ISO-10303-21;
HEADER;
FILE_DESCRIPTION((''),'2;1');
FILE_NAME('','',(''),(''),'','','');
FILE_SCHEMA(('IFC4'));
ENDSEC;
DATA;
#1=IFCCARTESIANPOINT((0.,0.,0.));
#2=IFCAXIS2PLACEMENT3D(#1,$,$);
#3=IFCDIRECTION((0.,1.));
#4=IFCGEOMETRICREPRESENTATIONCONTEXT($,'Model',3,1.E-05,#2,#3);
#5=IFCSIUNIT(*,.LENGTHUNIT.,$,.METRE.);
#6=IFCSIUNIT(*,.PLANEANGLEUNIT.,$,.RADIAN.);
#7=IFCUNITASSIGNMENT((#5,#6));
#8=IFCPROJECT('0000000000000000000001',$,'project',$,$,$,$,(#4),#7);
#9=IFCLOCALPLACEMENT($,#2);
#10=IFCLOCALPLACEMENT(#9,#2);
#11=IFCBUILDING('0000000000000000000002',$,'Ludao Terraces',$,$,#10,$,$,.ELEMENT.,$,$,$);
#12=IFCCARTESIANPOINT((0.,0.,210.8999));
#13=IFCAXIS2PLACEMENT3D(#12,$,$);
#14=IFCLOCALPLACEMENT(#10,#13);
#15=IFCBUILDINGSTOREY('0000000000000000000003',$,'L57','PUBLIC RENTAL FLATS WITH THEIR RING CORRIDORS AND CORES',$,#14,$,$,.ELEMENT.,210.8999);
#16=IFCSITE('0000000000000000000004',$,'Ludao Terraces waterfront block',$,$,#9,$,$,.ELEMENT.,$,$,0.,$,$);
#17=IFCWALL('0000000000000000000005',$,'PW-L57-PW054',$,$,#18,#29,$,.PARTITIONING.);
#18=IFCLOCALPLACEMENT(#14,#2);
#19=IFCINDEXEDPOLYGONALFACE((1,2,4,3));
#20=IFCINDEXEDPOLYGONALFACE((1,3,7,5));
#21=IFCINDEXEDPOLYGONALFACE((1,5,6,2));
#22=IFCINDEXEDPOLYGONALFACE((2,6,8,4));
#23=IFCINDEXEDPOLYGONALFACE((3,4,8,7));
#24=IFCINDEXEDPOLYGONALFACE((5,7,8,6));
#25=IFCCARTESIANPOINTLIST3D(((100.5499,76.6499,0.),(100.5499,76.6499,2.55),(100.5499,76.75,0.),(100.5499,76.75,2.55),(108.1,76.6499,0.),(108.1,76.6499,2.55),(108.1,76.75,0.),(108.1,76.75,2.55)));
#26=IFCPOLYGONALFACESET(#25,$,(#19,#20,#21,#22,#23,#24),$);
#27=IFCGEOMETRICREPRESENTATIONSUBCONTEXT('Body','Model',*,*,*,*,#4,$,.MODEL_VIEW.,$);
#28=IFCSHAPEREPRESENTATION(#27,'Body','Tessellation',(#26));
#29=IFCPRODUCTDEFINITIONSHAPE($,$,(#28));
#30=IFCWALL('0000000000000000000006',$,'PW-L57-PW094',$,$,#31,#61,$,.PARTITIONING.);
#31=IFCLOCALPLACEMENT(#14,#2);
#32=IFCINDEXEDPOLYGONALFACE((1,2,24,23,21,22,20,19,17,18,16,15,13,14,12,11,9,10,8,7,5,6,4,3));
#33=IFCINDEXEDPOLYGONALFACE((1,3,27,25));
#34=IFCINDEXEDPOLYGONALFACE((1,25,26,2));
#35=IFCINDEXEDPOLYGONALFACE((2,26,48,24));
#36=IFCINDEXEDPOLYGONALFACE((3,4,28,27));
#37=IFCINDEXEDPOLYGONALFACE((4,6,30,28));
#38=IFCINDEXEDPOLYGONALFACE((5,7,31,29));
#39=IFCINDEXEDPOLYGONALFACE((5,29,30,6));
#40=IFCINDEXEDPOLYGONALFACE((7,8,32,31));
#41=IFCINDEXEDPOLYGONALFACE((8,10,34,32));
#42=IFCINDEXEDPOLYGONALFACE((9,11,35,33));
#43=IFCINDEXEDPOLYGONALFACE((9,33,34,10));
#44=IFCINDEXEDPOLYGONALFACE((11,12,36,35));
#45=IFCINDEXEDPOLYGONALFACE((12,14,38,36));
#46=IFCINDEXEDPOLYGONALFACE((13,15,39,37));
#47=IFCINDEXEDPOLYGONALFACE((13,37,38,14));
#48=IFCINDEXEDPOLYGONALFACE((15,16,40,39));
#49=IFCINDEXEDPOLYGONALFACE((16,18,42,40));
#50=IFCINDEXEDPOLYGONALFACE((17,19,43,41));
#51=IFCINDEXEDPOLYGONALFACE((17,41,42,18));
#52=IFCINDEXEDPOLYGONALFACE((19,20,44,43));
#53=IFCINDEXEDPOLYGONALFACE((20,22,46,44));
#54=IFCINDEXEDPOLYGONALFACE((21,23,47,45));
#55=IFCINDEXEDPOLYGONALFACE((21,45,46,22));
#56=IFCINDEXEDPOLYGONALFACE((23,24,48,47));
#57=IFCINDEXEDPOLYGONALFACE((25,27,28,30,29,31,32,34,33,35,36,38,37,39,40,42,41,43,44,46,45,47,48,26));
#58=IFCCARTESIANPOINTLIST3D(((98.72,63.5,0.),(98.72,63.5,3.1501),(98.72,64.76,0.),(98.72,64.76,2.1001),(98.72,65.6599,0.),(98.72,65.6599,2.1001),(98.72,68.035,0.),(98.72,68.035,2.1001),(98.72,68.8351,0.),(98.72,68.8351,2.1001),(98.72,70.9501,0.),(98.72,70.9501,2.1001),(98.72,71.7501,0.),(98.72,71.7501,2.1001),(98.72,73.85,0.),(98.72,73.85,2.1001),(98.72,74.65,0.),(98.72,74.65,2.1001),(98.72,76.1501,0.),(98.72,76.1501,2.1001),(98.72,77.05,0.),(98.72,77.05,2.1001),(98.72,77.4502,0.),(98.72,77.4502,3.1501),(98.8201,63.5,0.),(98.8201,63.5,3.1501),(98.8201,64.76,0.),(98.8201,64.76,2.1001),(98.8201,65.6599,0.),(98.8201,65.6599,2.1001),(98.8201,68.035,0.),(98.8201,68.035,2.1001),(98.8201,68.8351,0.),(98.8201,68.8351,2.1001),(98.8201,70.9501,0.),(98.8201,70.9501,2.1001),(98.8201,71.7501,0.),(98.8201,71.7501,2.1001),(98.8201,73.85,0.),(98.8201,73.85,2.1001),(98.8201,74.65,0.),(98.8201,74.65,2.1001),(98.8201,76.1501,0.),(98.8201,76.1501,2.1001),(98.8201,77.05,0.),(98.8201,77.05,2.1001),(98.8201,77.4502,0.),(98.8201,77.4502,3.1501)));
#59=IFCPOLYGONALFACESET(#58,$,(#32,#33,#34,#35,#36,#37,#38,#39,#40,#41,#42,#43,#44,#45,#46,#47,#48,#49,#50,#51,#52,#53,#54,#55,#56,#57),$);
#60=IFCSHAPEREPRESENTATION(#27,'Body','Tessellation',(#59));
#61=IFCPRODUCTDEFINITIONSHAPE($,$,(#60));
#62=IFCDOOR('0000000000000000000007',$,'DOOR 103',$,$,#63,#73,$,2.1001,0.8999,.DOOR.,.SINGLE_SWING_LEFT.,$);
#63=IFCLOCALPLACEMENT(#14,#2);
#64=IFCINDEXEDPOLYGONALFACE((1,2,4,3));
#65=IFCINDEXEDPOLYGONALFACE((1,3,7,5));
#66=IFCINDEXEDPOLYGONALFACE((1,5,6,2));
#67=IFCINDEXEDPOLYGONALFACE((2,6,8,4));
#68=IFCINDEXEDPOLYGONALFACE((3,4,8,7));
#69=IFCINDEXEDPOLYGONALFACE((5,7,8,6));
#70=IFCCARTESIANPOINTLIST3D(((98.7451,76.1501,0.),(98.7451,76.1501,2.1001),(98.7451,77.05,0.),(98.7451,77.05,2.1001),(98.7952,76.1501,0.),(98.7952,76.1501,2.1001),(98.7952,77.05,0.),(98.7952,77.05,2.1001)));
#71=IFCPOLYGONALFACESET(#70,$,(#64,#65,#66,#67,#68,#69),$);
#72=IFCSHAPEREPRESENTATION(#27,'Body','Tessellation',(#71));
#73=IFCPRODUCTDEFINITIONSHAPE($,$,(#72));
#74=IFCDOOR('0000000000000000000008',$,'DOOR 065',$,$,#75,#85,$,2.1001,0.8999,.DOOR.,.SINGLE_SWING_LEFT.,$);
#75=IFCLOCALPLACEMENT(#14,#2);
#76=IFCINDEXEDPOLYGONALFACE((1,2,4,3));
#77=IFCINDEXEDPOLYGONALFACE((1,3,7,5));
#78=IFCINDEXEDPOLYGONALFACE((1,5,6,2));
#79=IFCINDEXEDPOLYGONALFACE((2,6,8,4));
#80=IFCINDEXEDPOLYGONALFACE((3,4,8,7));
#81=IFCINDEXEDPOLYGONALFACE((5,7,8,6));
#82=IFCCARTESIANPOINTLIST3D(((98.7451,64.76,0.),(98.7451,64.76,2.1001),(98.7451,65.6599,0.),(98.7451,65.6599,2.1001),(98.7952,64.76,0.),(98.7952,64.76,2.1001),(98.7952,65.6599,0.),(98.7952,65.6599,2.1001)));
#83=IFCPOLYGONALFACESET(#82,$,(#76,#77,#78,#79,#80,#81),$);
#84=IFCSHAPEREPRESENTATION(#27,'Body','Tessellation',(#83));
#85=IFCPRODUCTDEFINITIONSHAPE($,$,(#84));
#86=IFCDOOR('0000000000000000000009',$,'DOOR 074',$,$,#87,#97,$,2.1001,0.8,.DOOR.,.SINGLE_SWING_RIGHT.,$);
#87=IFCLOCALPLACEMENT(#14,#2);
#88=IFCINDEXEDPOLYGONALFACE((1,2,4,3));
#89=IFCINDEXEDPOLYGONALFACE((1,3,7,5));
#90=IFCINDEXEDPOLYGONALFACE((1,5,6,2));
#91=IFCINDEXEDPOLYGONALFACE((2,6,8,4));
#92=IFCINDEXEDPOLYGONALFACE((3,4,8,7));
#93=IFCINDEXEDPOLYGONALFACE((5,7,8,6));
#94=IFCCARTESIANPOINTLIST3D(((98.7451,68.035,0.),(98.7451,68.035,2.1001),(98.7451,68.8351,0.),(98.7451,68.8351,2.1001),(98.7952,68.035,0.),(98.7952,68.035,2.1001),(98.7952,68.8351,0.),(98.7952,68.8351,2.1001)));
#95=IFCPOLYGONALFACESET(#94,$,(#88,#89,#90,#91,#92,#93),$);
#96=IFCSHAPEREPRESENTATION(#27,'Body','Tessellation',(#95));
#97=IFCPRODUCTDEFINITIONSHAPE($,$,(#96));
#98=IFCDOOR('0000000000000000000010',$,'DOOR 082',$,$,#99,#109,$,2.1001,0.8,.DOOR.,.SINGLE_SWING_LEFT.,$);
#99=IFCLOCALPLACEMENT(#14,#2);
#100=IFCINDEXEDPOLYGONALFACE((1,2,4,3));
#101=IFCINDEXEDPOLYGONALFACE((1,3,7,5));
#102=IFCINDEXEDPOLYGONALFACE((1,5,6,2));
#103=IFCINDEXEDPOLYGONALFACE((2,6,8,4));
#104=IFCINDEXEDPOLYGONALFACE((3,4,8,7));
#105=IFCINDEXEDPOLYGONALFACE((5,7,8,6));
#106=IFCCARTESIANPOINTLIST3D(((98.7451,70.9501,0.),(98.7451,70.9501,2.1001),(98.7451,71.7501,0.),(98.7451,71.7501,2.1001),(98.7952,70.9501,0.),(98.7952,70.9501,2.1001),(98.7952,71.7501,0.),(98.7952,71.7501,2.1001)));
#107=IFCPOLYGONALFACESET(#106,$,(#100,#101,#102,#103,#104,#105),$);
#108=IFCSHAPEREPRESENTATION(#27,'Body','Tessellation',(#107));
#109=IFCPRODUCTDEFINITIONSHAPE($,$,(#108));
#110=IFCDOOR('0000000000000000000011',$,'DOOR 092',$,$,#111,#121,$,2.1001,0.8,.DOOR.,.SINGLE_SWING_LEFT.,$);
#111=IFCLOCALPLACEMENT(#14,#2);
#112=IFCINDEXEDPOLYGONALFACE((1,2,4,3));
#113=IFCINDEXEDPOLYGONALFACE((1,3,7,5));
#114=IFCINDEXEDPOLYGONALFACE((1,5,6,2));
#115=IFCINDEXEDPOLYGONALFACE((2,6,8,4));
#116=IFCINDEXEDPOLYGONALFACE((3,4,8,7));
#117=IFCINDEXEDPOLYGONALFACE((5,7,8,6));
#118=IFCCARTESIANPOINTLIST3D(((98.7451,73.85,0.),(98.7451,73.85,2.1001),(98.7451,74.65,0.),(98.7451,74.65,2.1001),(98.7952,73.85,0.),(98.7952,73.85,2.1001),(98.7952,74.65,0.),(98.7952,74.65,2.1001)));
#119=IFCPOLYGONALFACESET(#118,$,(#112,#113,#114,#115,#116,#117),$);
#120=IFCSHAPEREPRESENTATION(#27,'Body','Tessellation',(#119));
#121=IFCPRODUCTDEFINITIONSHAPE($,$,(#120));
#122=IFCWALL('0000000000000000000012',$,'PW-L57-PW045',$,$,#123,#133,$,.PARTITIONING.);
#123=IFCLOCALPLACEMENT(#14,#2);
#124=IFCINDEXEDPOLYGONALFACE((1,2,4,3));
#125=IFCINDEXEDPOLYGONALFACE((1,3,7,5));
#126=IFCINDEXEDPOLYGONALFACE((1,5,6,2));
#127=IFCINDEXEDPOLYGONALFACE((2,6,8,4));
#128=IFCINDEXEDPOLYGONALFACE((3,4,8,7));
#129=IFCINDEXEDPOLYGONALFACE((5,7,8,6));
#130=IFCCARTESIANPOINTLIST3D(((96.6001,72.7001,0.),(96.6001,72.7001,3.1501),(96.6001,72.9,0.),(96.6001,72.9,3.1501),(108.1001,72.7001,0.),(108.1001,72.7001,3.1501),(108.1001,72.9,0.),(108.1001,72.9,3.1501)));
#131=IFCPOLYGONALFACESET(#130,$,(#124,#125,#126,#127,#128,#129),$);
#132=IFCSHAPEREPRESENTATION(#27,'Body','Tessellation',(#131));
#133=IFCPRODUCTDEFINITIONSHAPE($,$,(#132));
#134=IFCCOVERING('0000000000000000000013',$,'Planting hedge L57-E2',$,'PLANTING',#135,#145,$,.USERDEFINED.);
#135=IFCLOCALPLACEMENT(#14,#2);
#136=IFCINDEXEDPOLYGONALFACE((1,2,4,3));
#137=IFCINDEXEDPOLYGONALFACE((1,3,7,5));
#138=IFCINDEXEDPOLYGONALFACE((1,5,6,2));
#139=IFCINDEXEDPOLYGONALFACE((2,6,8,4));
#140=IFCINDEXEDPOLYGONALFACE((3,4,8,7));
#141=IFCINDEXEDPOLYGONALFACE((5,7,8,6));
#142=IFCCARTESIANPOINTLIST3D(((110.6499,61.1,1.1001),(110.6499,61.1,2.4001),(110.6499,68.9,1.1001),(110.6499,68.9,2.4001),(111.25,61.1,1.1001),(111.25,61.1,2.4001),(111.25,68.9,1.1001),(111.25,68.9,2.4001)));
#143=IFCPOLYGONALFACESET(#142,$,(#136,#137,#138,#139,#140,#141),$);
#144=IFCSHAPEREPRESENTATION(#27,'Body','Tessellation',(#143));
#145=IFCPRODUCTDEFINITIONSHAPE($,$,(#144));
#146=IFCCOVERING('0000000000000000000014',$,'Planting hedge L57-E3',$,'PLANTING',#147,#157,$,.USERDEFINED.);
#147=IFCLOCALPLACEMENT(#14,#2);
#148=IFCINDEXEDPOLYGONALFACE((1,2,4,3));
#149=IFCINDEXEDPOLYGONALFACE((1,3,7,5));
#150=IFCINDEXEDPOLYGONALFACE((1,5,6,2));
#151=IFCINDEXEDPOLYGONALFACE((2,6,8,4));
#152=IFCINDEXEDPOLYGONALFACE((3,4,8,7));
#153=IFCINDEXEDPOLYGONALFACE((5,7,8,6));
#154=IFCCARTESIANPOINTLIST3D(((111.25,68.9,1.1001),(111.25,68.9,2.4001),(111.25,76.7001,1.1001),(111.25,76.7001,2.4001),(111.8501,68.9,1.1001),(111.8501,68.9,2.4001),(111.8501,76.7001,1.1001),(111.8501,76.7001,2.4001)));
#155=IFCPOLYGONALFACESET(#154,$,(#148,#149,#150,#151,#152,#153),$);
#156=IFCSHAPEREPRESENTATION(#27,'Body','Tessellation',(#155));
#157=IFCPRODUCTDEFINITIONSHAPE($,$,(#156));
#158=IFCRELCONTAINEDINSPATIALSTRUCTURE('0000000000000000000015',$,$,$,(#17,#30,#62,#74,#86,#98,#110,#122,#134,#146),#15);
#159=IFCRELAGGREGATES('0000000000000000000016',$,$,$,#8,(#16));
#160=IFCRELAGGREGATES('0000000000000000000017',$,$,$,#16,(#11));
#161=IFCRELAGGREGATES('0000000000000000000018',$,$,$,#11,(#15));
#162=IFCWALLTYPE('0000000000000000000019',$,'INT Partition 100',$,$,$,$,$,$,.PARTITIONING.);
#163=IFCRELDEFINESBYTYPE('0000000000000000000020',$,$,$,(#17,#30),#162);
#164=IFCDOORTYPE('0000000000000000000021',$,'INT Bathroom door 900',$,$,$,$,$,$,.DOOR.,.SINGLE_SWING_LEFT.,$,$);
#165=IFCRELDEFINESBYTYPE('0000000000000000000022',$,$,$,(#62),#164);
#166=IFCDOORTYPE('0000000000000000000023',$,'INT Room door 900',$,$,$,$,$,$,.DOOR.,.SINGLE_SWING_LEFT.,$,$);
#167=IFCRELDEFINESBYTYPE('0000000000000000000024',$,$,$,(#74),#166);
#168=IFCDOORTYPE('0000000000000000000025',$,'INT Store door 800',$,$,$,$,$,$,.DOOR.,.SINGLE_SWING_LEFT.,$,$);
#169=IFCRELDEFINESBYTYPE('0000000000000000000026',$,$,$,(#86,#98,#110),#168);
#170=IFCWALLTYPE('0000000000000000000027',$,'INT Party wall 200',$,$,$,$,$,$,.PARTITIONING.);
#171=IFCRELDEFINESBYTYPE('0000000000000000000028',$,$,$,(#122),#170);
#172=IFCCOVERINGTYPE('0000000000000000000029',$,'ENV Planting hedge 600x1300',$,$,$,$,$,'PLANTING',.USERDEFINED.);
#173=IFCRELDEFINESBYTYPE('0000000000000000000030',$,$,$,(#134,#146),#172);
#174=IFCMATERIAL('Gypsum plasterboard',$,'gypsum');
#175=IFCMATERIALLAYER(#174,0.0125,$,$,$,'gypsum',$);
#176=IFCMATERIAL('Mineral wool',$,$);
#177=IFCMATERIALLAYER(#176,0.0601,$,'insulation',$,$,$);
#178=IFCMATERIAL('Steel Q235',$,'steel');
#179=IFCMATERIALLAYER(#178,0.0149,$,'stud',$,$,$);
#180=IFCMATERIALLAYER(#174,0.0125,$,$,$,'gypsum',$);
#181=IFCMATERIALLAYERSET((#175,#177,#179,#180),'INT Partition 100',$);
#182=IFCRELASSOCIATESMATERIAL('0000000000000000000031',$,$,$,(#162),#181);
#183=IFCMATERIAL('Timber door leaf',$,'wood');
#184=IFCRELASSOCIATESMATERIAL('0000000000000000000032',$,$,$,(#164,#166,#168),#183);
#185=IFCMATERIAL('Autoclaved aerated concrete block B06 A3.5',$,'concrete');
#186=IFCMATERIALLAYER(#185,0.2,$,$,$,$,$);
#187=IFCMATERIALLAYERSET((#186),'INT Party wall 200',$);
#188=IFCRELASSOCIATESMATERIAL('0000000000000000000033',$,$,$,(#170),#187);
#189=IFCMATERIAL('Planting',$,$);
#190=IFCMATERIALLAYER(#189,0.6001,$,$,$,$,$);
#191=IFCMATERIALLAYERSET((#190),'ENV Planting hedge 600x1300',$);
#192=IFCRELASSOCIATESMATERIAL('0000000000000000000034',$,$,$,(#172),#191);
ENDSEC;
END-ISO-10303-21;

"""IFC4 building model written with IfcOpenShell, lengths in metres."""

from ifc_helpers import new_model, si_unit, direction, frame, frame_2d, origin, origin_2d, place, context, subcontext, project, spatial, rectangle, extrude, material, layer, layer_set, type_object, element, fill, save


model = new_model("IFC4")

# Units and contexts
model_context = context("Model", 3, precision=1e-05, world=origin(), true_north=direction((0.0, 1.0)))
body_context = subcontext(model_context, "Body", "Model", "MODEL_VIEW")
ifc_project = project(units=[si_unit("LENGTHUNIT", "METRE"), si_unit("PLANEANGLEUNIT", "RADIAN")], contexts=[model_context])

# Site, building, storey
site_placement = place(None, origin())
site = spatial("IfcSite", under=ifc_project, at=site_placement, Name="Ludao Terraces waterfront block", CompositionType="ELEMENT", RefElevation=0.0)
building_placement = place(site_placement, origin())
building = spatial("IfcBuilding", under=site, at=building_placement, Name="Ludao Terraces", CompositionType="ELEMENT")
storey_placement = place(building_placement, frame((0.0, 0.0, 210.8999)))
storey = spatial("IfcBuildingStorey", under=building, at=storey_placement, Name="L57", Description="PUBLIC RENTAL FLATS WITH THEIR RING CORRIDORS AND CORES", CompositionType="ELEMENT", Elevation=210.8999)

# Shared definitions
ifc_material_1 = material(Name="Mineral wool")

# Wall
ifc_material_2 = material(Name="Gypsum plasterboard", Category="gypsum")
ifc_layer_1 = layer(ifc_material_2, 0.0125, Category="gypsum")
ifc_layer_2 = layer(ifc_material_1, 0.0601, Name="insulation")
ifc_material_3 = material(Name="Steel Q235", Category="steel")
ifc_layer_3 = layer(ifc_material_3, 0.0149, Name="stud")
ifc_layer_4 = layer(ifc_material_2, 0.0125, Category="gypsum")
ifc_layer_set_1 = layer_set([ifc_layer_1, ifc_layer_2, ifc_layer_3, ifc_layer_4], Name="INT Partition 100")
wall_type_1 = type_object("IfcWallType", Name="INT Partition 100", PredefinedType="PARTITIONING", material=ifc_layer_set_1)
wall_1_placement = place(storey_placement, frame((100.55, 76.7, 0.0), z_axis=(0.0, 0.0, 1.0), x_axis=(1.0, 0.0, 0.0)))
element("IfcWall", 1, at=wall_1_placement, inside=storey, type_object=wall_type_1, Name="PW-L57-PW054", PredefinedType="PARTITIONING", context=body_context, shape_type="SweptSolid", body=[
    extrude(rectangle(XDim=7.55, YDim=0.1001, at=frame_2d((3.7749, 0.0))), origin(), (0.0, 0.0, 1.0), 2.55),
])

# Wall, openings, doors
wall_2_placement = place(storey_placement, frame((98.77, 63.5, 0.0), z_axis=(0.0, 0.0, 1.0), x_axis=(0.0, 1.0, 0.0)))
wall_2 = element("IfcWall", 2, at=wall_2_placement, inside=storey, type_object=wall_type_1, Name="PW-L57-PW094", PredefinedType="PARTITIONING", context=body_context, shape_type="SweptSolid", body=[
    extrude(rectangle(XDim=13.9502, YDim=0.1001, at=frame_2d((6.9751, 0.0))), origin(), (0.0, 0.0, 1.0), 3.1501),
])
opening_1_placement = place(wall_2_placement, frame((1.26, 0.0, 0.0)))
opening_1 = element("IfcOpeningElement", 3, at=opening_1_placement, cuts=wall_2, PredefinedType="OPENING", context=body_context, shape_type="SweptSolid", body=[
    extrude(rectangle(XDim=0.8999, YDim=2.1001, at=frame_2d((0.45, 1.05))), frame((0.0, 0.0601, 0.0), z_axis=(0.0, -1.0, 0.0), x_axis=(1.0, 0.0, 0.0)), (0.0, 0.0, 1.0), 0.1201),
])
opening_2_placement = place(wall_2_placement, frame((4.5352, 0.0, 0.0)))
opening_2 = element("IfcOpeningElement", 4, at=opening_2_placement, cuts=wall_2, PredefinedType="OPENING", context=body_context, shape_type="SweptSolid", body=[
    extrude(rectangle(XDim=0.8, YDim=2.1001, at=frame_2d((0.3999, 1.05))), frame((0.0, 0.0601, 0.0), z_axis=(0.0, -1.0, 0.0), x_axis=(1.0, 0.0, 0.0)), (0.0, 0.0, 1.0), 0.1201),
])
opening_3_placement = place(wall_2_placement, frame((7.4502, 0.0, 0.0)))
opening_3 = element("IfcOpeningElement", 5, at=opening_3_placement, cuts=wall_2, PredefinedType="OPENING", context=body_context, shape_type="SweptSolid", body=[
    extrude(rectangle(XDim=0.8, YDim=2.1001, at=frame_2d((0.3999, 1.05))), frame((0.0, 0.0601, 0.0), z_axis=(0.0, -1.0, 0.0), x_axis=(1.0, 0.0, 0.0)), (0.0, 0.0, 1.0), 0.1201),
])
opening_4_placement = place(wall_2_placement, frame((10.3501, 0.0, 0.0)))
opening_4 = element("IfcOpeningElement", 6, at=opening_4_placement, cuts=wall_2, PredefinedType="OPENING", context=body_context, shape_type="SweptSolid", body=[
    extrude(rectangle(XDim=0.8, YDim=2.1001, at=frame_2d((0.3999, 1.05))), frame((0.0, 0.0601, 0.0), z_axis=(0.0, -1.0, 0.0), x_axis=(1.0, 0.0, 0.0)), (0.0, 0.0, 1.0), 0.1201),
])
opening_5_placement = place(wall_2_placement, frame((12.6501, 0.0, 0.0)))
opening_5 = element("IfcOpeningElement", 7, at=opening_5_placement, cuts=wall_2, PredefinedType="OPENING", context=body_context, shape_type="SweptSolid", body=[
    extrude(rectangle(XDim=0.8999, YDim=2.1001, at=frame_2d((0.45, 1.05))), frame((0.0, 0.0601, 0.0), z_axis=(0.0, -1.0, 0.0), x_axis=(1.0, 0.0, 0.0)), (0.0, 0.0, 1.0), 0.1201),
])
ifc_material_4 = material(Name="Timber door leaf", Category="wood")
door_type_1 = type_object("IfcDoorType", Name="INT Bathroom door 900", OperationType="SINGLE_SWING_LEFT", PredefinedType="DOOR", material=ifc_material_4)
door_1_placement = place(opening_5_placement, origin())
door_1 = element("IfcDoor", 8, at=door_1_placement, inside=storey, type_object=door_type_1, Name="DOOR 103", OperationType="SINGLE_SWING_LEFT", OverallHeight=2.1001, OverallWidth=0.8999, PredefinedType="DOOR", context=body_context, shape_type="SweptSolid", body=[
    extrude(rectangle(XDim=0.8999, YDim=2.1001, at=frame_2d((0.45, 1.05))), frame((0.0, 0.0249, 0.0), z_axis=(0.0, -1.0, 0.0), x_axis=(1.0, 0.0, 0.0)), (0.0, 0.0, 1.0), 0.05),
])
fill(opening_5, door_1)
door_type_2 = type_object("IfcDoorType", Name="INT Room door 900", OperationType="SINGLE_SWING_LEFT", PredefinedType="DOOR", material=ifc_material_4)
door_2_placement = place(opening_1_placement, origin())
door_2 = element("IfcDoor", 9, at=door_2_placement, inside=storey, type_object=door_type_2, Name="DOOR 065", OperationType="SINGLE_SWING_LEFT", OverallHeight=2.1001, OverallWidth=0.8999, PredefinedType="DOOR", context=body_context, shape_type="SweptSolid", body=[
    extrude(rectangle(XDim=0.8999, YDim=2.1001, at=frame_2d((0.45, 1.05))), frame((0.0, 0.0249, 0.0), z_axis=(0.0, -1.0, 0.0), x_axis=(1.0, 0.0, 0.0)), (0.0, 0.0, 1.0), 0.05),
])
fill(opening_1, door_2)
door_type_3 = type_object("IfcDoorType", Name="INT Store door 800", OperationType="SINGLE_SWING_LEFT", PredefinedType="DOOR", material=ifc_material_4)
door_3_placement = place(opening_2_placement, origin())
door_3 = element("IfcDoor", 10, at=door_3_placement, inside=storey, type_object=door_type_3, Name="DOOR 074", OperationType="SINGLE_SWING_RIGHT", OverallHeight=2.1001, OverallWidth=0.8, PredefinedType="DOOR", context=body_context, shape_type="SweptSolid", body=[
    extrude(rectangle(XDim=0.8, YDim=2.1001, at=frame_2d((0.3999, 1.05))), frame((0.0, 0.0249, 0.0), z_axis=(0.0, -1.0, 0.0), x_axis=(1.0, 0.0, 0.0)), (0.0, 0.0, 1.0), 0.05),
])
fill(opening_2, door_3)
door_4_placement = place(opening_3_placement, origin())
door_4 = element("IfcDoor", 11, at=door_4_placement, inside=storey, type_object=door_type_3, Name="DOOR 082", OperationType="SINGLE_SWING_LEFT", OverallHeight=2.1001, OverallWidth=0.8, PredefinedType="DOOR", context=body_context, shape_type="SweptSolid", body=[
    extrude(rectangle(XDim=0.8, YDim=2.1001, at=frame_2d((0.3999, 1.05))), frame((0.0, 0.0249, 0.0), z_axis=(0.0, -1.0, 0.0), x_axis=(1.0, 0.0, 0.0)), (0.0, 0.0, 1.0), 0.05),
])
fill(opening_3, door_4)
door_5_placement = place(opening_4_placement, origin())
door_5 = element("IfcDoor", 12, at=door_5_placement, inside=storey, type_object=door_type_3, Name="DOOR 092", OperationType="SINGLE_SWING_LEFT", OverallHeight=2.1001, OverallWidth=0.8, PredefinedType="DOOR", context=body_context, shape_type="SweptSolid", body=[
    extrude(rectangle(XDim=0.8, YDim=2.1001, at=frame_2d((0.3999, 1.05))), frame((0.0, 0.0249, 0.0), z_axis=(0.0, -1.0, 0.0), x_axis=(1.0, 0.0, 0.0)), (0.0, 0.0, 1.0), 0.05),
])
fill(opening_4, door_5)

# Wall
ifc_material_5 = material(Name="Autoclaved aerated concrete block B06 A3.5", Category="concrete")
ifc_layer_5 = layer(ifc_material_5, 0.2)
ifc_layer_set_2 = layer_set([ifc_layer_5], Name="INT Party wall 200")
wall_type_2 = type_object("IfcWallType", Name="INT Party wall 200", PredefinedType="PARTITIONING", material=ifc_layer_set_2)
wall_3_placement = place(storey_placement, frame((96.6001, 72.8, 0.0), z_axis=(0.0, 0.0, 1.0), x_axis=(1.0, 0.0, 0.0)))
element("IfcWall", 13, at=wall_3_placement, inside=storey, type_object=wall_type_2, Name="PW-L57-PW045", PredefinedType="PARTITIONING", context=body_context, shape_type="SweptSolid", body=[
    extrude(rectangle(XDim=11.5, YDim=0.2, at=frame_2d((5.75, 0.0))), origin(), (0.0, 0.0, 1.0), 3.1501),
])

# Coverings
ifc_material_6 = material(Name="Planting")
ifc_layer_6 = layer(ifc_material_6, 0.6001)
ifc_layer_set_3 = layer_set([ifc_layer_6], Name="ENV Planting hedge 600x1300")
covering_type = type_object("IfcCoveringType", Name="ENV Planting hedge 600x1300", ElementType="PLANTING", PredefinedType="USERDEFINED", material=ifc_layer_set_3)
for number, where, z_axis, x_axis, name in (
    (14, (110.95, 65.0, 1.1001), (0.0, 0.0, 1.0), (1.0, 0.0, 0.0), "Planting hedge L57-E2"),
    (15, (111.55, 72.8, 1.1001), (0.0, 0.0, 1.0), (1.0, 0.0, 0.0), "Planting hedge L57-E3"),
):
    element("IfcCovering", number, at=place(storey_placement, frame(where, z_axis=z_axis, x_axis=x_axis)), inside=storey, type_object=covering_type, Name=name, ObjectType="PLANTING", PredefinedType="USERDEFINED", context=body_context, shape_type="SweptSolid", body=[
        extrude(rectangle(XDim=0.6001, YDim=7.8, at=origin_2d()), origin(), (0.0, 0.0, 1.0), 1.3),
    ])

save(model, "model.ifc")
